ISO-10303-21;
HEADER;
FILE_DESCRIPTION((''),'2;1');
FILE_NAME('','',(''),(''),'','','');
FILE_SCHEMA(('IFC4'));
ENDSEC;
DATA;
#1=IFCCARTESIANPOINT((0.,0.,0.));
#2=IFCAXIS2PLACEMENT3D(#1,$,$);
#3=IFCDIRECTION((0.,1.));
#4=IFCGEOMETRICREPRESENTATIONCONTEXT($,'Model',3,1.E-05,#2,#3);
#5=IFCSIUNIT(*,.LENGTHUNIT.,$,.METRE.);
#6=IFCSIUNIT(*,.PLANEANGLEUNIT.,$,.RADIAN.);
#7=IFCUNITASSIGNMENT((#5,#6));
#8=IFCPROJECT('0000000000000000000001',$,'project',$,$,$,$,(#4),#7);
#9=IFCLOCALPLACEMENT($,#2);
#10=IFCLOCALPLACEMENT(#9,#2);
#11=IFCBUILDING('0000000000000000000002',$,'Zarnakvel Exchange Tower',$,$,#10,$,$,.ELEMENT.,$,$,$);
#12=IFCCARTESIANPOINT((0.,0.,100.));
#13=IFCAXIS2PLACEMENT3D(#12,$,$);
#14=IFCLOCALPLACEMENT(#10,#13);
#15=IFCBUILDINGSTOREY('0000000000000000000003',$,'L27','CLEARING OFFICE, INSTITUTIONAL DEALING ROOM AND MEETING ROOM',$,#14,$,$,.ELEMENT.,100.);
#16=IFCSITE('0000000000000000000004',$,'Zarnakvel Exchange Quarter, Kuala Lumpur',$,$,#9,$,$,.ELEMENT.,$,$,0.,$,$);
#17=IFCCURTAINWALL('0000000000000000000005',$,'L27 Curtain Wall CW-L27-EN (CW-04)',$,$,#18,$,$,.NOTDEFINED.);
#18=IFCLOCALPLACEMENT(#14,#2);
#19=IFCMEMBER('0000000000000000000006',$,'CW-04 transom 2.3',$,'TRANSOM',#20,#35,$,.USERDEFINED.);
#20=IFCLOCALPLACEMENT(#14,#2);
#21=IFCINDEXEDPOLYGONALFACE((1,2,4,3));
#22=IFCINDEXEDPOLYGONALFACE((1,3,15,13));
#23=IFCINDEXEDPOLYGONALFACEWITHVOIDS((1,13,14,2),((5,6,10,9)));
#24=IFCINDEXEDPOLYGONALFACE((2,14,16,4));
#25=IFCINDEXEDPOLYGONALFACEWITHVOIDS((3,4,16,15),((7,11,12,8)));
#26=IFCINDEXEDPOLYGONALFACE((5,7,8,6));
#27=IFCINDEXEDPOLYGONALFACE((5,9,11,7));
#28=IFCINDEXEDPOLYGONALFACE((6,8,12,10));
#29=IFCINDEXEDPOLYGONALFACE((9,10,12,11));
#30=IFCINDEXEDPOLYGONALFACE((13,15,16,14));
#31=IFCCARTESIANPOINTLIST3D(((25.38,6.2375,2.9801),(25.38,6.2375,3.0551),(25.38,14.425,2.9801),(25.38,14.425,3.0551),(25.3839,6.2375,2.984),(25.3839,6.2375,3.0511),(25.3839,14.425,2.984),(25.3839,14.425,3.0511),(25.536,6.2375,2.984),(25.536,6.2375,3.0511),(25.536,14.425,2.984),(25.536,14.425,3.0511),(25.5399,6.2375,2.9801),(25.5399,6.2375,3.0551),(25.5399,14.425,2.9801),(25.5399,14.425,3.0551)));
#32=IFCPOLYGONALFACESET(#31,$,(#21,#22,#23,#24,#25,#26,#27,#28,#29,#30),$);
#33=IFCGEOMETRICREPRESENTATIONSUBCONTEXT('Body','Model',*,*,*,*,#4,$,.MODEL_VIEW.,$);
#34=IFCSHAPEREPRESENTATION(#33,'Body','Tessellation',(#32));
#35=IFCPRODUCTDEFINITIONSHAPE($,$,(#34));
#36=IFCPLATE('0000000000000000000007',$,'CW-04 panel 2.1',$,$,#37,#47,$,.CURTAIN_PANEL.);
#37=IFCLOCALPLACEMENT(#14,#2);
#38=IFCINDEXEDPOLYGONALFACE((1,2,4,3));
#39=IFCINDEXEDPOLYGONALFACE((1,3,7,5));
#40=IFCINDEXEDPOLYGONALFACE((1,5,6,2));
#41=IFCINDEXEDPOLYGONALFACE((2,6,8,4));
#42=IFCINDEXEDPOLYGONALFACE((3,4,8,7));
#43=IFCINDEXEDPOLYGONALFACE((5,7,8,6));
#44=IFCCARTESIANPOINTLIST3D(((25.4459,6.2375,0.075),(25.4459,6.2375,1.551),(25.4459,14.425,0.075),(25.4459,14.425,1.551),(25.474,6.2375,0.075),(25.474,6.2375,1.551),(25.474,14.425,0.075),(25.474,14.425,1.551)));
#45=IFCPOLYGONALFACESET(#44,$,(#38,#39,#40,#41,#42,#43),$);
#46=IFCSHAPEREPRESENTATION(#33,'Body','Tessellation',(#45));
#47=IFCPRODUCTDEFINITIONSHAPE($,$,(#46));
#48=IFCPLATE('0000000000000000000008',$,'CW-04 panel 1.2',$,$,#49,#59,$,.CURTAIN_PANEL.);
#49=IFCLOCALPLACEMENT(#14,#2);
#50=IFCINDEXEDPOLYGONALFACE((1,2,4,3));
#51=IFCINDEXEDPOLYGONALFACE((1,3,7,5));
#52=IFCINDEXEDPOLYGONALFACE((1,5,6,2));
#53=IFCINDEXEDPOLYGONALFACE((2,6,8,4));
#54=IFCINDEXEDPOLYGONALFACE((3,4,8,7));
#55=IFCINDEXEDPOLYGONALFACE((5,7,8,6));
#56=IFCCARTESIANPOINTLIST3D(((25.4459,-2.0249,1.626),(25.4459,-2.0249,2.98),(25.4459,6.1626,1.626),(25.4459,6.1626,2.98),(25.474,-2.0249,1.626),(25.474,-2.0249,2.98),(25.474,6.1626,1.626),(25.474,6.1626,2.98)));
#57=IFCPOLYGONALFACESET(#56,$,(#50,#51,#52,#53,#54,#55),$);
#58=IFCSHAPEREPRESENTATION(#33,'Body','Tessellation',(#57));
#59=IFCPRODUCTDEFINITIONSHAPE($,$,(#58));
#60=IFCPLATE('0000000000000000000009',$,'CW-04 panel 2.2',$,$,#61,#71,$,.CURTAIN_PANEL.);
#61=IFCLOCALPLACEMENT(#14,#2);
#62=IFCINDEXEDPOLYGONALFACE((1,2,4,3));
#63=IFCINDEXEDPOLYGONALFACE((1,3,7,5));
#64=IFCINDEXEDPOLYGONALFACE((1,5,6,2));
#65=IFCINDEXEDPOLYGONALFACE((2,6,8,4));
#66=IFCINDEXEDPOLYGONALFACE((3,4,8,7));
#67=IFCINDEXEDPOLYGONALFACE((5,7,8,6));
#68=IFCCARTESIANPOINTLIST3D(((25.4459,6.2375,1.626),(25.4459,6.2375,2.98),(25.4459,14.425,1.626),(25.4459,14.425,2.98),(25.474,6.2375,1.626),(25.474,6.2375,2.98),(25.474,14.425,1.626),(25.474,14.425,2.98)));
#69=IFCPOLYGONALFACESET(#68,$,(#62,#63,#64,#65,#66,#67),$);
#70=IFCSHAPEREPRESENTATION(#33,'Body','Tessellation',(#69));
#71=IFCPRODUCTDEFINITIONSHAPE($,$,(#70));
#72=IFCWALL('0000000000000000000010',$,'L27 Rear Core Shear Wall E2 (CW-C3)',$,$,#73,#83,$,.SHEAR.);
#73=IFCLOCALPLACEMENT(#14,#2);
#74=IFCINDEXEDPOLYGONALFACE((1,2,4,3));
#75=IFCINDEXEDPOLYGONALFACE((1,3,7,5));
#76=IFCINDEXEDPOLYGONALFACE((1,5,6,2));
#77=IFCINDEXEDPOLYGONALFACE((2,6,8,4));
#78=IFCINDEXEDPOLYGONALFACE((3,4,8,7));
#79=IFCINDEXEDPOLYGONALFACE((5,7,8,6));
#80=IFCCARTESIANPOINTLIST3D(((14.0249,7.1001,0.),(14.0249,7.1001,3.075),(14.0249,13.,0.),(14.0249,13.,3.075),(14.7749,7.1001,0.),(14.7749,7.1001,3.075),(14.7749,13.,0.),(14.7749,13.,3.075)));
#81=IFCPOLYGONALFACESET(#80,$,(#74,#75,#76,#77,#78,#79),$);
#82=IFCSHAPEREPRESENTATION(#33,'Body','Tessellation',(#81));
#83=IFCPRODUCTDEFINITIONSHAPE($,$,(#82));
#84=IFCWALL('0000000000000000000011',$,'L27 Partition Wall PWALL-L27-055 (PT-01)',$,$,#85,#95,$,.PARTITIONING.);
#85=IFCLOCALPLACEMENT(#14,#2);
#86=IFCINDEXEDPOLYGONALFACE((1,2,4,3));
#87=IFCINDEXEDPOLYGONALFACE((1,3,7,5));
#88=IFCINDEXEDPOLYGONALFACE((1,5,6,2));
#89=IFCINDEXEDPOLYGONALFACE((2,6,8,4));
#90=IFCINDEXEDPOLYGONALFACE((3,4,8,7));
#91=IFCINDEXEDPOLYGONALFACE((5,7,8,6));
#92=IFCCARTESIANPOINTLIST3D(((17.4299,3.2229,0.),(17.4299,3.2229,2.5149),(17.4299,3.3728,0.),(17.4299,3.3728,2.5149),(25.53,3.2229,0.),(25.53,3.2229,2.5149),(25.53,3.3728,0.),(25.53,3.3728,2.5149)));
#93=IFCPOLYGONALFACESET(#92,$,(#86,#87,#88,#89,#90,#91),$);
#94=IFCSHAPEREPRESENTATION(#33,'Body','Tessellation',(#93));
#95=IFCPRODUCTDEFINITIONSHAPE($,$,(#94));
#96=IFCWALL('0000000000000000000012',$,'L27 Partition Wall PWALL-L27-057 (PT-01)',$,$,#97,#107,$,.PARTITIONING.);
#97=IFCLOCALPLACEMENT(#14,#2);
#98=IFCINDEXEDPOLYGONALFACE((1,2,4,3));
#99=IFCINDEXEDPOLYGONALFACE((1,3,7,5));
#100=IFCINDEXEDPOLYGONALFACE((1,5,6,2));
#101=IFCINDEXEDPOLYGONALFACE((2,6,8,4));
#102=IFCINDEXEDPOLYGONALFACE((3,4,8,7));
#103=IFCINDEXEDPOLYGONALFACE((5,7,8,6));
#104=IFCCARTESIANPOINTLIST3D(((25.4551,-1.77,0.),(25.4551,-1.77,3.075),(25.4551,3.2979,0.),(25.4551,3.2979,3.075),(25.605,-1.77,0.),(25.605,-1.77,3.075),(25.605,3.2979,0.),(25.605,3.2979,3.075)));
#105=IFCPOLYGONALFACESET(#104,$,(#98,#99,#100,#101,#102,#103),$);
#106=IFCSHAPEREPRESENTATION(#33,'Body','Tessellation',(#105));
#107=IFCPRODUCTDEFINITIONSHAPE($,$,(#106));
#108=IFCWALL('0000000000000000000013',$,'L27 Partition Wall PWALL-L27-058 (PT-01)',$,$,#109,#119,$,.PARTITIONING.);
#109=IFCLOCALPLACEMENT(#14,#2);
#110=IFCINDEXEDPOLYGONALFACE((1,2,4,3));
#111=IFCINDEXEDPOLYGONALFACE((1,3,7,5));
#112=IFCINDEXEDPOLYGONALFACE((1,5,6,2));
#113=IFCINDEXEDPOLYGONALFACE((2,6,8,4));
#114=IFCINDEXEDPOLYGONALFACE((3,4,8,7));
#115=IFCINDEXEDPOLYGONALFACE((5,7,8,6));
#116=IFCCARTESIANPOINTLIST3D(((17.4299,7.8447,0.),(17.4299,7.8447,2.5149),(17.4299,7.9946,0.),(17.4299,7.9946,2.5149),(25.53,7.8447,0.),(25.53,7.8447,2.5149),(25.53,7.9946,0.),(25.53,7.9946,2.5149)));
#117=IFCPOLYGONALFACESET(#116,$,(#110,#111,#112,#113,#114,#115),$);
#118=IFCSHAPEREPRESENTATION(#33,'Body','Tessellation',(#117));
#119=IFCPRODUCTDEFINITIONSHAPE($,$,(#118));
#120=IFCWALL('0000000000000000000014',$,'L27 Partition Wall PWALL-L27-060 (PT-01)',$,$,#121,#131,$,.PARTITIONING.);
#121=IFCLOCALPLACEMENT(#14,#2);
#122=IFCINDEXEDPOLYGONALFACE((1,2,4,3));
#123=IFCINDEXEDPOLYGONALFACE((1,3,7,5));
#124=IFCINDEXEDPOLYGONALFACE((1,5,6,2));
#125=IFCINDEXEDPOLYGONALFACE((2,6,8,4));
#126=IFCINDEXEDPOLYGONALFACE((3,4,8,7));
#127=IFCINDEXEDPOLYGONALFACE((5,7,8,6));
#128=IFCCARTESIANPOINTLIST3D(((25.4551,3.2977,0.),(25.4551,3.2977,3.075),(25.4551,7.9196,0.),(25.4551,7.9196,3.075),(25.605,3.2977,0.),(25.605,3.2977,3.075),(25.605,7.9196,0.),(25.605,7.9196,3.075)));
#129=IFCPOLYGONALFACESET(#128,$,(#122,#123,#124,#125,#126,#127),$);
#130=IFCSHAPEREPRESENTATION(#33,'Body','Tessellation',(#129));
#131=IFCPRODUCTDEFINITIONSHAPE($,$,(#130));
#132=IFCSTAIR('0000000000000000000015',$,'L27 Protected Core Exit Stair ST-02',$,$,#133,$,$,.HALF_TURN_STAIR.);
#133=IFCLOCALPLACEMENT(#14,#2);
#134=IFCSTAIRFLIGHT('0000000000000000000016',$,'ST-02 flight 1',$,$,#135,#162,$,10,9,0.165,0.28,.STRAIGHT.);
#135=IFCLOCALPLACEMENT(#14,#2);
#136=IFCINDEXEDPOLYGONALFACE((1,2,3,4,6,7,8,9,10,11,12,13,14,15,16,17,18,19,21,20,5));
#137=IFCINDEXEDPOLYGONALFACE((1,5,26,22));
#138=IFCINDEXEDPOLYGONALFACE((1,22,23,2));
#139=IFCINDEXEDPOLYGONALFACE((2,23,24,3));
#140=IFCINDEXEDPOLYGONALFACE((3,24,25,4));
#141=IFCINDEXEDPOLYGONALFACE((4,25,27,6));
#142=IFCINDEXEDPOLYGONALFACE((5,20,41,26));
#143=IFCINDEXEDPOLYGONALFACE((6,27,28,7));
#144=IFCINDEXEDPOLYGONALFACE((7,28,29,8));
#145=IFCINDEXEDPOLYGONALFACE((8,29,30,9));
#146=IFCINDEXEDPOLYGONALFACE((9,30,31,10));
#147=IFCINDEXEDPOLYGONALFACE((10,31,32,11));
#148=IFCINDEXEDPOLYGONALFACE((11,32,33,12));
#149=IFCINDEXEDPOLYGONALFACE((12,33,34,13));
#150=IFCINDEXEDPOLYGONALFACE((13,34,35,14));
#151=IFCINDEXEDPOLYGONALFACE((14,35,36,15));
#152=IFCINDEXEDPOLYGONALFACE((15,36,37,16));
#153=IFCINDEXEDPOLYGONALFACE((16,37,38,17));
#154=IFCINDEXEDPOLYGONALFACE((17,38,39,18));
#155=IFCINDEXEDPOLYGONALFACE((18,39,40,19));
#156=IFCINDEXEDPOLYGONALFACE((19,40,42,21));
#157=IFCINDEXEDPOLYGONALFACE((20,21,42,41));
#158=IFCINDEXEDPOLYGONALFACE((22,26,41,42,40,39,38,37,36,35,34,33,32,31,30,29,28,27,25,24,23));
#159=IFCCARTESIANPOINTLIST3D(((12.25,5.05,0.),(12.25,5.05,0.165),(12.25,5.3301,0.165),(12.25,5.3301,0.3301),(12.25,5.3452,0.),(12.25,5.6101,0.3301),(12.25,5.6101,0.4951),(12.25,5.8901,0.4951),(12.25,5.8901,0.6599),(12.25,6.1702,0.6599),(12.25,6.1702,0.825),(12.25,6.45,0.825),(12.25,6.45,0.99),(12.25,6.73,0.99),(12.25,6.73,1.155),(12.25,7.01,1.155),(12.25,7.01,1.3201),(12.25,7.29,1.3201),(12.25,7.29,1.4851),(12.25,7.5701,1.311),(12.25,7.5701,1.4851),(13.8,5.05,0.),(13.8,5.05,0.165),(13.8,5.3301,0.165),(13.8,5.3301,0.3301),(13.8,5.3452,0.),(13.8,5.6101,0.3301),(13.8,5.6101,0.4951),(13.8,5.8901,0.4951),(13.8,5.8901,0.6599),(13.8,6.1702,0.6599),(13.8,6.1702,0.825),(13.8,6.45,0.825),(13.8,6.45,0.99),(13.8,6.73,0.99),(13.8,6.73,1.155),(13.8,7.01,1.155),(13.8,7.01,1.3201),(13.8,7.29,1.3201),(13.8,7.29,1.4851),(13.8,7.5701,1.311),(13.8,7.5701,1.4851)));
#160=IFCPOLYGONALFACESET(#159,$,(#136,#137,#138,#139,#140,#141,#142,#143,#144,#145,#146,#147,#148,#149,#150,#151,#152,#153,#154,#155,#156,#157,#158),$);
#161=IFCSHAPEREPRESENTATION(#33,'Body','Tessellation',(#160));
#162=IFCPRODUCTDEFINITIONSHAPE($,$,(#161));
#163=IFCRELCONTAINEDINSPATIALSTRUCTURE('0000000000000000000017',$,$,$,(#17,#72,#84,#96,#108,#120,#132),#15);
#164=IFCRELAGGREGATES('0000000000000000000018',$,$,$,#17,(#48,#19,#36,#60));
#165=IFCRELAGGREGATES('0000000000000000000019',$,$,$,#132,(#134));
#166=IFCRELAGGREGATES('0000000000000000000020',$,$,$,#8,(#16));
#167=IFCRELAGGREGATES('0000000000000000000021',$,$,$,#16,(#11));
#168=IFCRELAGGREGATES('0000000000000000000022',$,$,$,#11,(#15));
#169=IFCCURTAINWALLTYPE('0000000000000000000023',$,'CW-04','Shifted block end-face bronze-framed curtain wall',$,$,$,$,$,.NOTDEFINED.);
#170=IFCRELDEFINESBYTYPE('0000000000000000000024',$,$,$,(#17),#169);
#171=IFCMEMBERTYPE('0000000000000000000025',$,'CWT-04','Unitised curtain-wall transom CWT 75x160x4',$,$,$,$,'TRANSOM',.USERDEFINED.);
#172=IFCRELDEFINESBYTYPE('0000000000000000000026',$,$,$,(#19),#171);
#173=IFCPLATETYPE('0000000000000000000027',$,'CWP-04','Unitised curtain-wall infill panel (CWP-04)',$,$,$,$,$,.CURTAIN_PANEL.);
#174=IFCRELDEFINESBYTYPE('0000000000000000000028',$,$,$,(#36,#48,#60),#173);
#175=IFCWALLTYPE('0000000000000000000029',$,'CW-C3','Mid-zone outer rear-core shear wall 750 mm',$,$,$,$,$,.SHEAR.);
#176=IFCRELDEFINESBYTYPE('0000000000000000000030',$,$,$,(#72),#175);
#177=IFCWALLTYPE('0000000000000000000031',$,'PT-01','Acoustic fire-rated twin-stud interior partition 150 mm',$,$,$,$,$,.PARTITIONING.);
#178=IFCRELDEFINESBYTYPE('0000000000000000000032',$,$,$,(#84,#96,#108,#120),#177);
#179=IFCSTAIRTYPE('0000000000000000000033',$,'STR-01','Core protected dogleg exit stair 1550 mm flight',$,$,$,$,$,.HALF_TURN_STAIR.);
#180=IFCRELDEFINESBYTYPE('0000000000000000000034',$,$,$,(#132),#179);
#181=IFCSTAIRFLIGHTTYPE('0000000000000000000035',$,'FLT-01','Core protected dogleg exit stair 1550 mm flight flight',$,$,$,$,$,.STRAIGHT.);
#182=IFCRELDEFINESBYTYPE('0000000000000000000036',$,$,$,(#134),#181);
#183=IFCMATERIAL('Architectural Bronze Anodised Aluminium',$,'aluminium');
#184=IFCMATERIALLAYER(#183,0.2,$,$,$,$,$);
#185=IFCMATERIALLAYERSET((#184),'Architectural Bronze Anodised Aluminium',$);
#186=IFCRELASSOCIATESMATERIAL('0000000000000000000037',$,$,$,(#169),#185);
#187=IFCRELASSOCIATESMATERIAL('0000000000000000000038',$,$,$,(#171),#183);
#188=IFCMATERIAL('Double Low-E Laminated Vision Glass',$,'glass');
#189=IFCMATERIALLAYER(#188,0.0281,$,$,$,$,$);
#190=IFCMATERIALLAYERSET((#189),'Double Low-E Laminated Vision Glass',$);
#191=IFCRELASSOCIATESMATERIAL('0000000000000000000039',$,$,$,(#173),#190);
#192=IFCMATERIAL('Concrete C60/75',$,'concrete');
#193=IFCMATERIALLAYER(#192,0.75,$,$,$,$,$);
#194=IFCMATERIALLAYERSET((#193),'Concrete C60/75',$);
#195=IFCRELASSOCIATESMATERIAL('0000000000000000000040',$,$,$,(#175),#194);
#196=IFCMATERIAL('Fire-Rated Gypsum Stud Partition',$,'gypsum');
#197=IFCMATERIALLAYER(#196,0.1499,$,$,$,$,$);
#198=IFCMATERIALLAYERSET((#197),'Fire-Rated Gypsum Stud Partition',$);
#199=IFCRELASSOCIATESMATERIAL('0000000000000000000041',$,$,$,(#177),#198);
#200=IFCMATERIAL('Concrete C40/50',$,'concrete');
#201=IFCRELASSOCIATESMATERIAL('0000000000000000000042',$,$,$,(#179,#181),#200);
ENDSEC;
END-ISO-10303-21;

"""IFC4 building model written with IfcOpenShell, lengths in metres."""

from ifc_helpers import new_model, si_unit, direction, frame, frame_2d, origin, origin_2d, place, context, subcontext, project, spatial, polyline, rectangle, hollow_rectangle, outline, extrude, source, transform, mapped, material, layer, layer_set, material_profile, profile_set, type_object, element, aggregate, save


model = new_model("IFC4")

# Units and contexts
model_context = context("Model", 3, precision=1e-05, world=origin(), true_north=direction((0.0, 1.0)))
body_context = subcontext(model_context, "Body", "Model", "MODEL_VIEW")
ifc_project = project(units=[si_unit("LENGTHUNIT", "METRE"), si_unit("PLANEANGLEUNIT", "RADIAN")], contexts=[model_context])

# Site, building, storey
site_placement = place(None, origin())
site = spatial("IfcSite", under=ifc_project, at=site_placement, Name="Zarnakvel Exchange Quarter, Kuala Lumpur", CompositionType="ELEMENT", RefElevation=0.0)
building_placement = place(site_placement, origin())
building = spatial("IfcBuilding", under=site, at=building_placement, Name="Zarnakvel Exchange Tower", CompositionType="ELEMENT")
storey_placement = place(building_placement, frame((0.0, 0.0, 100.0)))
storey = spatial("IfcBuildingStorey", under=building, at=storey_placement, Name="L27", Description="CLEARING OFFICE, INSTITUTIONAL DEALING ROOM AND MEETING ROOM", CompositionType="ELEMENT", Elevation=100.0)

# Shared definitions
ifc_material_1 = material(Name="Concrete C60/75", Category="concrete")

# Curtain wall, member, plates
ifc_material_2 = material(Name="Architectural Bronze Anodised Aluminium", Category="aluminium")
ifc_layer_1 = layer(ifc_material_2, 0.2)
ifc_layer_set_1 = layer_set([ifc_layer_1], Name="Architectural Bronze Anodised Aluminium")
curtain_wall_type = type_object("IfcCurtainWallType", Name="CW-04", Description="Shifted block end-face bronze-framed curtain wall", PredefinedType="NOTDEFINED", material=ifc_layer_set_1)
curtain_wall_placement = place(storey_placement, origin())
curtain_wall = element("IfcCurtainWall", 1, at=curtain_wall_placement, inside=storey, type_object=curtain_wall_type, Name="L27 Curtain Wall CW-L27-EN (CW-04)", PredefinedType="NOTDEFINED")
ifc_material_profile_1 = material_profile(ifc_material_2, hollow_rectangle(XDim=0.1599, YDim=0.075, WallThickness=0.0039, at=origin_2d()))
ifc_profile_set_1 = profile_set([ifc_material_profile_1], Name="Architectural Bronze Anodised Aluminium")
member_type_1 = type_object("IfcMemberType", Name="CWT-04", Description="Unitised curtain-wall transom CWT 75x160x4", ElementType="TRANSOM", PredefinedType="USERDEFINED", material=ifc_profile_set_1)
shared_shape_1 = source(origin(), body_context, "Body", "SweptSolid", [
    extrude(hollow_rectangle(XDim=0.1599, YDim=0.075, WallThickness=0.0039, at=origin_2d()), origin(), (0.0, 0.0, 1.0), 8.1875),
])
member_1_placement = place(storey_placement, frame((25.46, 6.2375, 3.0176), z_axis=(0.0, 1.0, 0.0), x_axis=(-1.0, 0.0, 0.0)))
member_1 = element("IfcMember", 2, at=member_1_placement, type_object=member_type_1, Name="CW-04 transom 2.3", ObjectType="TRANSOM", PredefinedType="USERDEFINED", context=body_context, shape_type="MappedRepresentation", body=[
    mapped(shared_shape_1, transform((0.0, 0.0, 0.0), x_axis=(1.0, 0.0, 0.0), y_axis=(0.0, 1.0, 0.0), z_axis=(0.0, 0.0, 1.0), scale=1.0)),
])
ifc_material_3 = material(Name="Double Low-E Laminated Vision Glass", Category="glass")
ifc_layer_2 = layer(ifc_material_3, 0.0281)
ifc_layer_set_2 = layer_set([ifc_layer_2], Name="Double Low-E Laminated Vision Glass")
plate_type = type_object("IfcPlateType", Name="CWP-04", Description="Unitised curtain-wall infill panel (CWP-04)", PredefinedType="CURTAIN_PANEL", material=ifc_layer_set_2)
shared_shape_2 = source(origin(), body_context, "Body", "SweptSolid", [
    extrude(rectangle(XDim=8.1875, YDim=0.0281, at=origin_2d()), origin(), (0.0, 0.0, 1.0), 1.4761),
])
plate_1_placement = place(storey_placement, frame((25.46, 10.3313, 0.075), z_axis=(0.0, 0.0, 1.0), x_axis=(0.0, 1.0, 0.0)))
plate_1 = element("IfcPlate", 3, at=plate_1_placement, type_object=plate_type, Name="CW-04 panel 2.1", PredefinedType="CURTAIN_PANEL", context=body_context, shape_type="MappedRepresentation", body=[
    mapped(shared_shape_2, transform((0.0, 0.0, 0.0), x_axis=(1.0, 0.0, 0.0), y_axis=(0.0, 1.0, 0.0), z_axis=(0.0, 0.0, 1.0), scale=1.0)),
])
shared_shape_3 = source(origin(), body_context, "Body", "SweptSolid", [
    extrude(rectangle(XDim=8.1875, YDim=0.0281, at=origin_2d()), origin(), (0.0, 0.0, 1.0), 1.354),
])
plate_2_placement = place(storey_placement, frame((25.46, 2.0688, 1.626), z_axis=(0.0, 0.0, 1.0), x_axis=(0.0, 1.0, 0.0)))
plate_2 = element("IfcPlate", 4, at=plate_2_placement, type_object=plate_type, Name="CW-04 panel 1.2", PredefinedType="CURTAIN_PANEL", context=body_context, shape_type="MappedRepresentation", body=[
    mapped(shared_shape_3, transform((0.0, 0.0, 0.0), x_axis=(1.0, 0.0, 0.0), y_axis=(0.0, 1.0, 0.0), z_axis=(0.0, 0.0, 1.0), scale=1.0)),
])
plate_3_placement = place(storey_placement, frame((25.46, 10.3313, 1.626), z_axis=(0.0, 0.0, 1.0), x_axis=(0.0, 1.0, 0.0)))
plate_3 = element("IfcPlate", 5, at=plate_3_placement, type_object=plate_type, Name="CW-04 panel 2.2", PredefinedType="CURTAIN_PANEL", context=body_context, shape_type="MappedRepresentation", body=[
    mapped(shared_shape_3, transform((0.0, 0.0, 0.0), x_axis=(1.0, 0.0, 0.0), y_axis=(0.0, 1.0, 0.0), z_axis=(0.0, 0.0, 1.0), scale=1.0)),
])
aggregate(curtain_wall, [plate_2, member_1, plate_1, plate_3])

# Walls
ifc_layer_3 = layer(ifc_material_1, 0.75)
ifc_layer_set_3 = layer_set([ifc_layer_3], Name="Concrete C60/75")
wall_type_1 = type_object("IfcWallType", Name="CW-C3", Description="Mid-zone outer rear-core shear wall 750 mm", PredefinedType="SHEAR", material=ifc_layer_set_3)
wall_1_placement = place(storey_placement, frame((14.3999, 7.1001, 0.0), z_axis=(0.0, 0.0, 1.0), x_axis=(0.0, 1.0, 0.0)))
element("IfcWall", 6, at=wall_1_placement, inside=storey, type_object=wall_type_1, Name="L27 Rear Core Shear Wall E2 (CW-C3)", PredefinedType="SHEAR", context=body_context, shape_type="SweptSolid", body=[
    extrude(rectangle(XDim=5.8999, YDim=0.75, at=frame_2d((2.95, 0.0))), origin(), (0.0, 0.0, 1.0), 3.075),
])
ifc_material_4 = material(Name="Fire-Rated Gypsum Stud Partition", Category="gypsum")
ifc_layer_4 = layer(ifc_material_4, 0.1499)
ifc_layer_set_4 = layer_set([ifc_layer_4], Name="Fire-Rated Gypsum Stud Partition")
wall_type_2 = type_object("IfcWallType", Name="PT-01", Description="Acoustic fire-rated twin-stud interior partition 150 mm", PredefinedType="PARTITIONING", material=ifc_layer_set_4)
wall_2_placement = place(storey_placement, frame((17.4299, 3.2979, 0.0), z_axis=(0.0, 0.0, 1.0), x_axis=(1.0, 0.0, 0.0)))
element("IfcWall", 7, at=wall_2_placement, inside=storey, type_object=wall_type_2, Name="L27 Partition Wall PWALL-L27-055 (PT-01)", PredefinedType="PARTITIONING", context=body_context, shape_type="SweptSolid", body=[
    extrude(rectangle(XDim=8.1001, YDim=0.1499, at=frame_2d((4.05, 0.0))), origin(), (0.0, 0.0, 1.0), 2.5149),
])
wall_3_placement = place(storey_placement, frame((25.53, 3.2979, 0.0), z_axis=(0.0, 0.0, 1.0), x_axis=(0.0, -1.0, 0.0)))
element("IfcWall", 8, at=wall_3_placement, inside=storey, type_object=wall_type_2, Name="L27 Partition Wall PWALL-L27-057 (PT-01)", PredefinedType="PARTITIONING", context=body_context, shape_type="SweptSolid", body=[
    extrude(rectangle(XDim=5.0679, YDim=0.1499, at=frame_2d((2.5339, 0.0))), origin(), (0.0, 0.0, 1.0), 3.075),
])
wall_4_placement = place(storey_placement, frame((17.4299, 7.9197, 0.0), z_axis=(0.0, 0.0, 1.0), x_axis=(1.0, 0.0, 0.0)))
element("IfcWall", 9, at=wall_4_placement, inside=storey, type_object=wall_type_2, Name="L27 Partition Wall PWALL-L27-058 (PT-01)", PredefinedType="PARTITIONING", context=body_context, shape_type="SweptSolid", body=[
    extrude(rectangle(XDim=8.1001, YDim=0.1499, at=frame_2d((4.05, 0.0))), origin(), (0.0, 0.0, 1.0), 2.5149),
])

# Wall
wall_5_placement = place(storey_placement, frame((25.53, 7.9197, 0.0), z_axis=(0.0, 0.0, 1.0), x_axis=(0.0, -1.0, 0.0)))
element("IfcWall", 10, at=wall_5_placement, inside=storey, type_object=wall_type_2, Name="L27 Partition Wall PWALL-L27-060 (PT-01)", PredefinedType="PARTITIONING", context=body_context, shape_type="SweptSolid", body=[
    extrude(rectangle(XDim=4.6218, YDim=0.1499, at=frame_2d((2.311, 0.0))), origin(), (0.0, 0.0, 1.0), 3.075),
])

# Shared definitions
ifc_material_5 = material(Name="Concrete C40/50", Category="concrete")

# Stair, stair flight
stair_type = type_object("IfcStairType", Name="STR-01", Description="Core protected dogleg exit stair 1550 mm flight", PredefinedType="HALF_TURN_STAIR", material=ifc_material_5)
stair_placement = place(storey_placement, origin())
stair = element("IfcStair", 11, at=stair_placement, inside=storey, type_object=stair_type, Name="L27 Protected Core Exit Stair ST-02", PredefinedType="HALF_TURN_STAIR")
stair_flight_type = type_object("IfcStairFlightType", Name="FLT-01", Description="Core protected dogleg exit stair 1550 mm flight flight", PredefinedType="STRAIGHT", material=ifc_material_5)
stair_flight_placement = place(storey_placement, frame((13.0249, 5.05, 0.0), z_axis=(0.0, 0.0, 1.0), x_axis=(0.0, 1.0, 0.0)))
stair_flight = element("IfcStairFlight", 12, at=stair_flight_placement, type_object=stair_flight_type, Name="ST-02 flight 1", NumberOfRisers=10, NumberOfTreads=9, PredefinedType="STRAIGHT", RiserHeight=0.165, TreadLength=0.28, context=body_context, shape_type="SweptSolid", body=[
    extrude(outline(polyline([(0.0, 0.0), (0.0, 0.165), (0.28, 0.165), (0.28, 0.3301), (0.5601, 0.3301), (0.5601, 0.4951), (0.8401, 0.4951), (0.8401, 0.6599), (1.1201, 0.6599), (1.1201, 0.825), (1.3999, 0.825), (1.3999, 0.99), (1.6799, 0.99), (1.6799, 1.155), (1.96, 1.155), (1.96, 1.3201), (2.24, 1.3201), (2.24, 1.4851), (2.52, 1.4851), (2.52, 1.6499), (2.52, 1.311), (0.2952, 0.0), (0.0, 0.0)])), frame((0.0, 0.7749, 0.0), z_axis=(0.0, -1.0, 0.0), x_axis=(1.0, 0.0, 0.0)), (0.0, 0.0, 1.0), 1.55),
])
aggregate(stair, [stair_flight])

save(model, "model.ifc")
